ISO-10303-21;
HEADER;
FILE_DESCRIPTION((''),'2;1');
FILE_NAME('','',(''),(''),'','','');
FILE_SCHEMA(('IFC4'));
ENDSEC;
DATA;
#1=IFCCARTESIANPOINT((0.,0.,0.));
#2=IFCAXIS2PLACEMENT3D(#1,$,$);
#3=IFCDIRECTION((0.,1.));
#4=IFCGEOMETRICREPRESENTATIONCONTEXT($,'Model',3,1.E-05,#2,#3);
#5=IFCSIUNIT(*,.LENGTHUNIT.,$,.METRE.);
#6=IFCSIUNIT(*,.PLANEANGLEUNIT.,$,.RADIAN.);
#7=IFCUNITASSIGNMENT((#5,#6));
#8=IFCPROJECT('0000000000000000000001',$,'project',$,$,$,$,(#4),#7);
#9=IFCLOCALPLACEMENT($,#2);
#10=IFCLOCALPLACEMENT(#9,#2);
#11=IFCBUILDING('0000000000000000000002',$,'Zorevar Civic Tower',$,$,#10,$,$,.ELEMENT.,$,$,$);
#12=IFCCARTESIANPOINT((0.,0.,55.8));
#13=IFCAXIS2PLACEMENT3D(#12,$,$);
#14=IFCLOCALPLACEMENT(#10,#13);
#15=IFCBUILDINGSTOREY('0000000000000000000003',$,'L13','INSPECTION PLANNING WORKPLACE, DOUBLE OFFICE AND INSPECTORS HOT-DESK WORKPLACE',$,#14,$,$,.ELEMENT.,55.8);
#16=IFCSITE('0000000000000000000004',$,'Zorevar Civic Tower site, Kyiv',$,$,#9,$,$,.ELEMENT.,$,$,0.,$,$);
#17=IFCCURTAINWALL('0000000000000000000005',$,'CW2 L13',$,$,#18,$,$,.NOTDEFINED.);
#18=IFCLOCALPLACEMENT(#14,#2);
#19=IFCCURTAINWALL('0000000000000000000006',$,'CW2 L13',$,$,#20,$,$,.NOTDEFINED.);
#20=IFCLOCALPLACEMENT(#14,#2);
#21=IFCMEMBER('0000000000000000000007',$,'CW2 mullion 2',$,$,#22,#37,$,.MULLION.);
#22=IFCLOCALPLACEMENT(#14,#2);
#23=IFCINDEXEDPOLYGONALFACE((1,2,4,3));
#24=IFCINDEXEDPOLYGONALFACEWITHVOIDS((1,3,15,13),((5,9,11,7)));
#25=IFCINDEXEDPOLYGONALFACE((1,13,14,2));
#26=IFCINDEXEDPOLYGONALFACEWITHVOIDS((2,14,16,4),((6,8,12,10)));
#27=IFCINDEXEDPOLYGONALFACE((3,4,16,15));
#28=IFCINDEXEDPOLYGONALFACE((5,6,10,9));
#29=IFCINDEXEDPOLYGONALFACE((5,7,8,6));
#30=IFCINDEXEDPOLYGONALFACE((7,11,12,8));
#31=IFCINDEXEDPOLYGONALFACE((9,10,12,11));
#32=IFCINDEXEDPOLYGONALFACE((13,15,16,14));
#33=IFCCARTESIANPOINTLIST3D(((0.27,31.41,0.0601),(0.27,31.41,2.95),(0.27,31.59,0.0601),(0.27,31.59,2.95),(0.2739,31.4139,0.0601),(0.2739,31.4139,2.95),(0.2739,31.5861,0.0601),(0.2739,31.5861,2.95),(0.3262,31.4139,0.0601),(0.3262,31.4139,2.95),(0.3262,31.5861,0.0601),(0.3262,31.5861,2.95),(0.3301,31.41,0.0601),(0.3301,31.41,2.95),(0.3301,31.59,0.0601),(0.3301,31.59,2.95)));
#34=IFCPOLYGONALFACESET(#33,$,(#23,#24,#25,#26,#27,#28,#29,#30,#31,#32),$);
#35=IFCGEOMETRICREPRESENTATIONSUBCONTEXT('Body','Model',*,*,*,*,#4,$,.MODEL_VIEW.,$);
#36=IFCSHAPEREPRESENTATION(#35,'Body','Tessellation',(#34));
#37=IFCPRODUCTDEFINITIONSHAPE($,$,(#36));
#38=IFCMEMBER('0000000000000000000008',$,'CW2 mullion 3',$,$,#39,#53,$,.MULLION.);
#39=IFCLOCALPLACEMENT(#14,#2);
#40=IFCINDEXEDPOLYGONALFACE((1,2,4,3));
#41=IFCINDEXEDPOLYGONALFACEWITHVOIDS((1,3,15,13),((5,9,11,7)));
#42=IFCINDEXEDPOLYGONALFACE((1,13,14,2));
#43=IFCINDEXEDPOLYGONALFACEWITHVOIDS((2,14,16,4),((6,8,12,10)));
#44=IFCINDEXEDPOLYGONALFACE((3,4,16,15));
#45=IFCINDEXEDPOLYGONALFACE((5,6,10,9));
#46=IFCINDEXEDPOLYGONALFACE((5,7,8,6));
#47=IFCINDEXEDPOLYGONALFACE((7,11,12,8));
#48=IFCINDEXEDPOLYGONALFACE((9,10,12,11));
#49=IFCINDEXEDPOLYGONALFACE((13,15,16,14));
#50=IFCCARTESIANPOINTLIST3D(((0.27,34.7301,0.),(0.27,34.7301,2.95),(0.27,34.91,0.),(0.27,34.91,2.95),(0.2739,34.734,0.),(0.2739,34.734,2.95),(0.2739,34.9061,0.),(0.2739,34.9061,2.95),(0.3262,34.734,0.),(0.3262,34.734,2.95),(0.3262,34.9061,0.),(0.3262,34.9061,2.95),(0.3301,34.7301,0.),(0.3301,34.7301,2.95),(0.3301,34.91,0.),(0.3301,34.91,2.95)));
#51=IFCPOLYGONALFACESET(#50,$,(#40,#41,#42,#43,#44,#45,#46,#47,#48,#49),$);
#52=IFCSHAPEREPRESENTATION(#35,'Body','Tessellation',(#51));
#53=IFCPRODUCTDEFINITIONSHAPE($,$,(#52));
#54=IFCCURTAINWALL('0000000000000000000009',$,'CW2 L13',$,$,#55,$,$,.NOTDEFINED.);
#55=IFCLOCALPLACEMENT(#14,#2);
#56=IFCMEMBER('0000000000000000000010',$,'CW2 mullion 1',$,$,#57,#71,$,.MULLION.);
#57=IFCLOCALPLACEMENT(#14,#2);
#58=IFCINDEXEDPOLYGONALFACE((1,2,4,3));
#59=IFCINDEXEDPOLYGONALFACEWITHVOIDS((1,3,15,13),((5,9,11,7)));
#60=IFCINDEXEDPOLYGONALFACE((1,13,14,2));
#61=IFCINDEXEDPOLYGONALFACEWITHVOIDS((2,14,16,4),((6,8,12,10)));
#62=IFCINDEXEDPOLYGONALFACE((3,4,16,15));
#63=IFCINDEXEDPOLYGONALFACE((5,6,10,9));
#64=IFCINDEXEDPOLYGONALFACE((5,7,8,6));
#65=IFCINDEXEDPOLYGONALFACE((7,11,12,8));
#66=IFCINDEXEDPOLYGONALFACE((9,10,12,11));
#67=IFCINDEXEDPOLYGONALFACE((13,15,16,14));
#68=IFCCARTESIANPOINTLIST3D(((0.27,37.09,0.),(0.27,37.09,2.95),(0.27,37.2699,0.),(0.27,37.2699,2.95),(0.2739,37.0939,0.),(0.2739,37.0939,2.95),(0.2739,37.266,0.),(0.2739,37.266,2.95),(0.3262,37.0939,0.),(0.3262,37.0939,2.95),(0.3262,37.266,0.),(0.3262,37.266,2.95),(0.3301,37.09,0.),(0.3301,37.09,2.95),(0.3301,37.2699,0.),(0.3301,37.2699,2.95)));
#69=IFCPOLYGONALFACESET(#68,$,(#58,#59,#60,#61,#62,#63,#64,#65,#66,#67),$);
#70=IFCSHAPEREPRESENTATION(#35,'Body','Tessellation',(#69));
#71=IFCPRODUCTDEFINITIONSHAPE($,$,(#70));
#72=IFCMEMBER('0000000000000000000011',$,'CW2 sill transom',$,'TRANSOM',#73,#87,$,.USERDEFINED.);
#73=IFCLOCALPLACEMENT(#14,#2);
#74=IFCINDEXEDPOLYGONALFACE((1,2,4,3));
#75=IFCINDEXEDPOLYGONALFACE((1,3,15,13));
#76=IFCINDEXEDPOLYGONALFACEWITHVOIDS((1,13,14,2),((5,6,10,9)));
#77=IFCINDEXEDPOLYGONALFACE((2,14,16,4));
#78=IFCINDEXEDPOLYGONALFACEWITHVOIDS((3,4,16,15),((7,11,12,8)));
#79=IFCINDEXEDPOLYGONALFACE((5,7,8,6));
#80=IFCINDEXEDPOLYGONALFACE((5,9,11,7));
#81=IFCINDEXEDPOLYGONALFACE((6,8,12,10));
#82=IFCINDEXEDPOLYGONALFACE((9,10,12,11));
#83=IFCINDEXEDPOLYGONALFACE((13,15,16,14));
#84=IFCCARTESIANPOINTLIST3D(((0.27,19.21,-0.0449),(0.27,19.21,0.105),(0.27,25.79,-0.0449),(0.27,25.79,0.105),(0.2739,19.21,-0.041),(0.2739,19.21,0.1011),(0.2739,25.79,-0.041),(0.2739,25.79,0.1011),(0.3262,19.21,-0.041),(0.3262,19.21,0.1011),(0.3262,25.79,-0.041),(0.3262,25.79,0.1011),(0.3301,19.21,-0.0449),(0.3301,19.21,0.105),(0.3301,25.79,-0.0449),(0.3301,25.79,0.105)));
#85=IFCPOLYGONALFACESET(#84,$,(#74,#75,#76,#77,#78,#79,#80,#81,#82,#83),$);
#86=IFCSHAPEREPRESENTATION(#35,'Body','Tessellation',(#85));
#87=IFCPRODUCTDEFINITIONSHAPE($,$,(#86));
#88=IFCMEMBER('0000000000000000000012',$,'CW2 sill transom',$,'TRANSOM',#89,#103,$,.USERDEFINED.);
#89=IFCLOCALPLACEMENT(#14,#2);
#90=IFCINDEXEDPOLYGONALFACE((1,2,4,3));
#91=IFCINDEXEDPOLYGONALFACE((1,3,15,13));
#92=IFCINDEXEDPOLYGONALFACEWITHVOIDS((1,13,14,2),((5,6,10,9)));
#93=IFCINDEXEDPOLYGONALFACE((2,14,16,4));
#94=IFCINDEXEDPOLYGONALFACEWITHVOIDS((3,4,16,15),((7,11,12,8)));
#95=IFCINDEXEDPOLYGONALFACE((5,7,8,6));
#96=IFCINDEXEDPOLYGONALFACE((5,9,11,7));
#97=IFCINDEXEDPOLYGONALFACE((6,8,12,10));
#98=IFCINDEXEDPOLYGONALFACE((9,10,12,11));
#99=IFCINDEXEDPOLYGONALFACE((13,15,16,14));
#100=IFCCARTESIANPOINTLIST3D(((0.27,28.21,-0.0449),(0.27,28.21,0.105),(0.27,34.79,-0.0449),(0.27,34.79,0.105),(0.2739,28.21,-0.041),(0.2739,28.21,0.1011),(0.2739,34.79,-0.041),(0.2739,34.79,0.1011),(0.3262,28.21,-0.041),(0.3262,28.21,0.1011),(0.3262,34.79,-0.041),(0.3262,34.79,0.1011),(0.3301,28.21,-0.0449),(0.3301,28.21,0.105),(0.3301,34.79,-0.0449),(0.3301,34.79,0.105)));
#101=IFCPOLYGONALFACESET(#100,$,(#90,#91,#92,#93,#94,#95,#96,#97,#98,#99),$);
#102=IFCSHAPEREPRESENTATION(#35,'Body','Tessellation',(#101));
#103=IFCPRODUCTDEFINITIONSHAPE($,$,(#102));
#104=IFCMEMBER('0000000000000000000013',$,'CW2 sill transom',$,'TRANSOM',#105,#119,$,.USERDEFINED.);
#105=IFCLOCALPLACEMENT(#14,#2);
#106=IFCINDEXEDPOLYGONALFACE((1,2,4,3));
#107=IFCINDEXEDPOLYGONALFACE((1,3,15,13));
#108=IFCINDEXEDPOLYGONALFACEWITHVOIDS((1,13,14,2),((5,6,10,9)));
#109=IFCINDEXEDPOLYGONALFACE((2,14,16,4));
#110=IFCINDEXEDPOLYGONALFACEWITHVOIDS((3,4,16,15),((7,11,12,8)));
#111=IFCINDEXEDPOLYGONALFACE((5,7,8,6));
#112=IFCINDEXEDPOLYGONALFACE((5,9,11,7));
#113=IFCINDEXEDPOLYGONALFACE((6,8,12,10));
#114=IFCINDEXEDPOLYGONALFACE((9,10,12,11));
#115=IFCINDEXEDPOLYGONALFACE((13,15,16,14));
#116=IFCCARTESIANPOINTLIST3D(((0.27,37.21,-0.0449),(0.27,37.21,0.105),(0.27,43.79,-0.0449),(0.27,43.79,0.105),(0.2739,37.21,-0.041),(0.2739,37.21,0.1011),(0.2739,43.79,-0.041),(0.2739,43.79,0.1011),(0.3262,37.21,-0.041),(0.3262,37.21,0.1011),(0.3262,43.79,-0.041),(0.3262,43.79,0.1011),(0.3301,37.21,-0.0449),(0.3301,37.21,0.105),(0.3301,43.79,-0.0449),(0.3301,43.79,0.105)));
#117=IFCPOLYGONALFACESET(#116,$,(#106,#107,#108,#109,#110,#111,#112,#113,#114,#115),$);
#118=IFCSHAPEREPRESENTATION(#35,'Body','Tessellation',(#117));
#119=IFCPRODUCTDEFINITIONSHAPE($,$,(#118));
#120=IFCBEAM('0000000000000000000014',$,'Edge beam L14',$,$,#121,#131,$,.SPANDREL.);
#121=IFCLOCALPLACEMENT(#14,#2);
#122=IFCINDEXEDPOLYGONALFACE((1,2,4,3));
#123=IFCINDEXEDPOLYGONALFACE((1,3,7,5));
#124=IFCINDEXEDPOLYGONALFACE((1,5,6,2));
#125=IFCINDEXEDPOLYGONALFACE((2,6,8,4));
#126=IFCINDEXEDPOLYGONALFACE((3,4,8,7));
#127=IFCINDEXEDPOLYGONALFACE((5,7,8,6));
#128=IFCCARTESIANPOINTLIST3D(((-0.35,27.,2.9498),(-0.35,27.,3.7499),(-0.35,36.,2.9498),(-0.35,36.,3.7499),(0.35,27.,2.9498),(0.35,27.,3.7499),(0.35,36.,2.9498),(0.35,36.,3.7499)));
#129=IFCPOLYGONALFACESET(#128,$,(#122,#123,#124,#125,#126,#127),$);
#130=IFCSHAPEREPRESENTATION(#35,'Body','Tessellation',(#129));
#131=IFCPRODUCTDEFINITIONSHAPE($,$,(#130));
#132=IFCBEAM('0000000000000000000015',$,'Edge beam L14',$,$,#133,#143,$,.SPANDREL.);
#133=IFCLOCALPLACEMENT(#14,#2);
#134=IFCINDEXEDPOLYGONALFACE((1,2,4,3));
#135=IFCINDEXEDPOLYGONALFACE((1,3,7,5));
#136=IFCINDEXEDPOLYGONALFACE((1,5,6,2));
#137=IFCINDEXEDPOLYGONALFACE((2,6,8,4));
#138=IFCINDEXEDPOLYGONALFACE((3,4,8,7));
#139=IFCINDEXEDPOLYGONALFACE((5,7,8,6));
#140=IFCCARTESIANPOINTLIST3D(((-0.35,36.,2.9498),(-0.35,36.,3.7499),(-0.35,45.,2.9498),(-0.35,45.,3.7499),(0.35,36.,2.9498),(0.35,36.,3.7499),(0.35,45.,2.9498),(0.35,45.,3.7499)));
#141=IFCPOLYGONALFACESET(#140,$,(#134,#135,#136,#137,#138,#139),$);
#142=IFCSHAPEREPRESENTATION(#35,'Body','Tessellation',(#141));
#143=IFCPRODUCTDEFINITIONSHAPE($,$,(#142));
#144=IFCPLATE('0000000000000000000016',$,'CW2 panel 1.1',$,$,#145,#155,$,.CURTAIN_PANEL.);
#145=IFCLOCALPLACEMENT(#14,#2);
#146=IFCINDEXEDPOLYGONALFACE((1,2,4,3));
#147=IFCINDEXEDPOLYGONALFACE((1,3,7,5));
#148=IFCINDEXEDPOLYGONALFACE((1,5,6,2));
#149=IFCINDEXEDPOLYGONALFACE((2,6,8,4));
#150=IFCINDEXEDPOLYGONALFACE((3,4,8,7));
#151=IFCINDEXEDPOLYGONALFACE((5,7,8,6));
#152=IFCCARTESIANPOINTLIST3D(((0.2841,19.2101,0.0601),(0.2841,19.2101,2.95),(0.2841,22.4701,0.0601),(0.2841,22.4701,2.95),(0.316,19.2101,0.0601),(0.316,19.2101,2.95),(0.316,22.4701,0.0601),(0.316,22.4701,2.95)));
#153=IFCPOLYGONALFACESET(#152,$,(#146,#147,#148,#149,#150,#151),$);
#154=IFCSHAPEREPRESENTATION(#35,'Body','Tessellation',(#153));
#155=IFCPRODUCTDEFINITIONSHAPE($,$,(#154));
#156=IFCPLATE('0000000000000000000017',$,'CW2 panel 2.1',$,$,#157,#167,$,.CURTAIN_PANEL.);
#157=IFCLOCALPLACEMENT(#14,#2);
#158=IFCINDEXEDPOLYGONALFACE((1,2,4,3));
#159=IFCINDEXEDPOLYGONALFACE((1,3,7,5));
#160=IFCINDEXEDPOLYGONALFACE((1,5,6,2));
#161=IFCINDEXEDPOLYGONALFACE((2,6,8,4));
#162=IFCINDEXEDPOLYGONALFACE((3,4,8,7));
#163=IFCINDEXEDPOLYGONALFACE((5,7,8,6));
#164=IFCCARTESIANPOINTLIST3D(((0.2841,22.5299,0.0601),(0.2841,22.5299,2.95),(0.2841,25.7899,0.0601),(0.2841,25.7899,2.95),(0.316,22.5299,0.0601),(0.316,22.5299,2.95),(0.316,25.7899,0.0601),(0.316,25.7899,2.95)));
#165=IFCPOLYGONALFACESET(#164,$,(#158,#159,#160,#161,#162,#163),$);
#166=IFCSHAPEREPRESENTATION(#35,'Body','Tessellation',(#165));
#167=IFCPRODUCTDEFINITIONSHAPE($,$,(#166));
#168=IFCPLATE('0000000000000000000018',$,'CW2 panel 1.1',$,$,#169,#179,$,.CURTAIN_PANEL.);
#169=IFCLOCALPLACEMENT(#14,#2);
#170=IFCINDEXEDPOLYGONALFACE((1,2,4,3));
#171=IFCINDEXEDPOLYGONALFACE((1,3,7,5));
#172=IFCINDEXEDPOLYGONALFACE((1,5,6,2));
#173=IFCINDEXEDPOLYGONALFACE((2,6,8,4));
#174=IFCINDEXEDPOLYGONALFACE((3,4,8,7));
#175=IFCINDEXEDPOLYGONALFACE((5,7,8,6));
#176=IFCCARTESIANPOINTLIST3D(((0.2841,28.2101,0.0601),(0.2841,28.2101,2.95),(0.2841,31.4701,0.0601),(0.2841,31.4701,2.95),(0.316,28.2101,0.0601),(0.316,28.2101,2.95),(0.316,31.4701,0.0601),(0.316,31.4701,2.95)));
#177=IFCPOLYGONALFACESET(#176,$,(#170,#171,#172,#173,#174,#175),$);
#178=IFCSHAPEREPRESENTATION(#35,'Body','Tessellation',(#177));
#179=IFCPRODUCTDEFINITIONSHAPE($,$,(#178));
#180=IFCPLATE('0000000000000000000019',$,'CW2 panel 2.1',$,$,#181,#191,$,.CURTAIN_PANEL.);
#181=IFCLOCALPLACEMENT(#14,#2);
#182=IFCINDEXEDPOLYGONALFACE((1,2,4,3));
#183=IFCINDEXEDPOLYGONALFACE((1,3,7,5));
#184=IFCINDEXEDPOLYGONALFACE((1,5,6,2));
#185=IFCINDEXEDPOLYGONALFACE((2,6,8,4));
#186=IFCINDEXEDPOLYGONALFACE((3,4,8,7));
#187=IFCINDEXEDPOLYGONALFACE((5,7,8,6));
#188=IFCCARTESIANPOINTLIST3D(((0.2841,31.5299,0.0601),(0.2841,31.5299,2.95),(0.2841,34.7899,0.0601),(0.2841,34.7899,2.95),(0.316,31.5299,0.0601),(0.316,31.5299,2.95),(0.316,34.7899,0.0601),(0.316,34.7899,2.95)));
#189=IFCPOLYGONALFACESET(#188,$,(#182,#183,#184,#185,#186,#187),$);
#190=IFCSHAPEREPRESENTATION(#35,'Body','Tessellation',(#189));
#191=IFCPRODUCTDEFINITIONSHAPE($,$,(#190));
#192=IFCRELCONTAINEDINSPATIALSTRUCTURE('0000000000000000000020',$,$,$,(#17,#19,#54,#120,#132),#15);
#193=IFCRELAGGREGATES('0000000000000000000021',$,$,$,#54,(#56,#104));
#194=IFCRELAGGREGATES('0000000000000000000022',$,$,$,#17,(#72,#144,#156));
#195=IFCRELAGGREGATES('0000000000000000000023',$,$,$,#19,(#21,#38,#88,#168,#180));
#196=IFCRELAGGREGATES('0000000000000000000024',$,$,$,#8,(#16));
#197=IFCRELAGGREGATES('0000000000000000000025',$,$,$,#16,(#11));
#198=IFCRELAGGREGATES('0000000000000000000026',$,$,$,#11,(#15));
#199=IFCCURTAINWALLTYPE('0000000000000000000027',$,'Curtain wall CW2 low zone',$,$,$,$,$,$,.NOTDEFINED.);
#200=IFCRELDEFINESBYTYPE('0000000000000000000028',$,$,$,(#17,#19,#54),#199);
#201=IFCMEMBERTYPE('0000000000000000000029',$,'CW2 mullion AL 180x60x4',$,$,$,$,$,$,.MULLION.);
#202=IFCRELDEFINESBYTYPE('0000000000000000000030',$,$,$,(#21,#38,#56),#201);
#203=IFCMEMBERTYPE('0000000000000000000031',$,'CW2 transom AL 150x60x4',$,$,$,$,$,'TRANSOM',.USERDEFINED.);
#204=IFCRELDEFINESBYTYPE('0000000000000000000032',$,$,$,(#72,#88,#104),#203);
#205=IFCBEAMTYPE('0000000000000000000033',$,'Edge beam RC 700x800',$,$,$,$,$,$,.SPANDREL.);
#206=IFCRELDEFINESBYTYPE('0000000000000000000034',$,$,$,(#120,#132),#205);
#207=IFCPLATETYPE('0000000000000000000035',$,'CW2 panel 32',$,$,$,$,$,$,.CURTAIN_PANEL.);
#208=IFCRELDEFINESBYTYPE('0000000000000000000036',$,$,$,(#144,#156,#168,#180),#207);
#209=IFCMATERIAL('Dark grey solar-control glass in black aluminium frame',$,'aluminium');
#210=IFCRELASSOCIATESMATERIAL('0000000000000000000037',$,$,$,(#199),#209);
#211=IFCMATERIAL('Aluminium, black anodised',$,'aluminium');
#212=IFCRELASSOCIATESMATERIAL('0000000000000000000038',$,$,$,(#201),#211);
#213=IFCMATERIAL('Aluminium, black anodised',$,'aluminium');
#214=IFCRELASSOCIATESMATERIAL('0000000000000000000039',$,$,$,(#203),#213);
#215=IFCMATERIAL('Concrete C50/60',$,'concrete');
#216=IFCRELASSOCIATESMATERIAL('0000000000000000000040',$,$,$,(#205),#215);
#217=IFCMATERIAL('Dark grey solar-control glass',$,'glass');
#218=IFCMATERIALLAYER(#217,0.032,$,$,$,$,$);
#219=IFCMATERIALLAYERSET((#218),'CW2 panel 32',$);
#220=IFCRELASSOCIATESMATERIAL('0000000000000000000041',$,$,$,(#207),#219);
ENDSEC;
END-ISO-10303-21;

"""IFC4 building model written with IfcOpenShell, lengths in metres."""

from ifc_helpers import new_model, si_unit, direction, frame, origin, origin_2d, place, context, subcontext, project, spatial, rectangle, hollow_rectangle, extrude, material, layer, layer_set, material_profile, profile_set, type_object, element, aggregate, save


model = new_model("IFC4")

# Units and contexts
model_context = context("Model", 3, precision=1e-05, world=origin(), true_north=direction((0.0, 1.0)))
body_context = subcontext(model_context, "Body", "Model", "MODEL_VIEW")
ifc_project = project(units=[si_unit("LENGTHUNIT", "METRE"), si_unit("PLANEANGLEUNIT", "RADIAN")], contexts=[model_context])

# Site, building, storey
site_placement = place(None, origin())
site = spatial("IfcSite", under=ifc_project, at=site_placement, Name="Zorevar Civic Tower site, Kyiv", CompositionType="ELEMENT", RefElevation=0.0)
building_placement = place(site_placement, origin())
building = spatial("IfcBuilding", under=site, at=building_placement, Name="Zorevar Civic Tower", CompositionType="ELEMENT")
storey_placement = place(building_placement, frame((0.0, 0.0, 55.8)))
storey = spatial("IfcBuildingStorey", under=building, at=storey_placement, Name="L13", Description="INSPECTION PLANNING WORKPLACE, DOUBLE OFFICE AND INSPECTORS HOT-DESK WORKPLACE", CompositionType="ELEMENT", Elevation=55.8)

# Curtain walls, members
ifc_material_1 = material(Name="Dark grey solar-control glass in black aluminium frame", Category="aluminium")
curtain_wall_type = type_object("IfcCurtainWallType", Name="Curtain wall CW2 low zone", PredefinedType="NOTDEFINED", material=ifc_material_1)
curtain_wall_1_placement = place(storey_placement, origin())
curtain_wall_1 = element("IfcCurtainWall", 1, at=curtain_wall_1_placement, inside=storey, type_object=curtain_wall_type, Name="CW2 L13", PredefinedType="NOTDEFINED")
ifc_material_2 = material(Name="Aluminium, black anodised", Category="aluminium")
ifc_material_profile_1 = material_profile(ifc_material_2, hollow_rectangle(XDim=0.0601, YDim=0.1799, WallThickness=0.0039, at=origin_2d()), Name="AL 180x60x4")
ifc_profile_set_1 = profile_set([ifc_material_profile_1], Name="Aluminium, black anodised")
member_type_1 = type_object("IfcMemberType", Name="CW2 mullion AL 180x60x4", PredefinedType="MULLION", material=ifc_profile_set_1)
curtain_wall_2_placement = place(storey_placement, origin())
curtain_wall_2 = element("IfcCurtainWall", 2, at=curtain_wall_2_placement, inside=storey, type_object=curtain_wall_type, Name="CW2 L13", PredefinedType="NOTDEFINED")
member_1_placement = place(storey_placement, frame((0.3, 31.5, 0.0601), z_axis=(0.0, 0.0, 1.0), x_axis=(-1.0, 0.0, 0.0)))
member_1 = element("IfcMember", 3, at=member_1_placement, type_object=member_type_1, Name="CW2 mullion 2", PredefinedType="MULLION", context=body_context, shape_type="SweptSolid", body=[
    extrude(hollow_rectangle(XDim=0.0601, YDim=0.1799, WallThickness=0.0039, at=origin_2d()), origin(), (0.0, 0.0, 1.0), 2.8899),
])
member_2_placement = place(storey_placement, frame((0.3, 34.8201, 0.0), z_axis=(0.0, 0.0, 1.0), x_axis=(-1.0, 0.0, 0.0)))
member_2 = element("IfcMember", 4, at=member_2_placement, type_object=member_type_1, Name="CW2 mullion 3", PredefinedType="MULLION", context=body_context, shape_type="SweptSolid", body=[
    extrude(hollow_rectangle(XDim=0.0601, YDim=0.1799, WallThickness=0.0039, at=origin_2d()), origin(), (0.0, 0.0, 1.0), 2.95),
])

# Curtain wall, member
curtain_wall_3_placement = place(storey_placement, origin())
curtain_wall_3 = element("IfcCurtainWall", 5, at=curtain_wall_3_placement, inside=storey, type_object=curtain_wall_type, Name="CW2 L13", PredefinedType="NOTDEFINED")
member_3_placement = place(storey_placement, frame((0.3, 37.1799, 0.0), z_axis=(0.0, 0.0, 1.0), x_axis=(-1.0, 0.0, 0.0)))
member_3 = element("IfcMember", 6, at=member_3_placement, type_object=member_type_1, Name="CW2 mullion 1", PredefinedType="MULLION", context=body_context, shape_type="SweptSolid", body=[
    extrude(hollow_rectangle(XDim=0.0601, YDim=0.1799, WallThickness=0.0039, at=origin_2d()), origin(), (0.0, 0.0, 1.0), 2.95),
])

# Members
ifc_material_3 = material(Name="Aluminium, black anodised", Category="aluminium")
ifc_material_profile_2 = material_profile(ifc_material_3, hollow_rectangle(XDim=0.0601, YDim=0.1499, WallThickness=0.0039, at=origin_2d()), Name="AL 150x60x4")
ifc_profile_set_2 = profile_set([ifc_material_profile_2], Name="Aluminium, black anodised")
member_type_2 = type_object("IfcMemberType", Name="CW2 transom AL 150x60x4", ElementType="TRANSOM", PredefinedType="USERDEFINED", material=ifc_profile_set_2)
member_4_placement = place(storey_placement, frame((0.3, 19.21, 0.03), z_axis=(0.0, 1.0, 0.0), x_axis=(-1.0, 0.0, 0.0)))
member_4 = element("IfcMember", 7, at=member_4_placement, type_object=member_type_2, Name="CW2 sill transom", ObjectType="TRANSOM", PredefinedType="USERDEFINED", context=body_context, shape_type="SweptSolid", body=[
    extrude(hollow_rectangle(XDim=0.0601, YDim=0.1499, WallThickness=0.0039, at=origin_2d()), origin(), (0.0, 0.0, 1.0), 6.5801),
])
member_5_placement = place(storey_placement, frame((0.3, 28.21, 0.03), z_axis=(0.0, 1.0, 0.0), x_axis=(-1.0, 0.0, 0.0)))
member_5 = element("IfcMember", 8, at=member_5_placement, type_object=member_type_2, Name="CW2 sill transom", ObjectType="TRANSOM", PredefinedType="USERDEFINED", context=body_context, shape_type="SweptSolid", body=[
    extrude(hollow_rectangle(XDim=0.0601, YDim=0.1499, WallThickness=0.0039, at=origin_2d()), origin(), (0.0, 0.0, 1.0), 6.5801),
])
member_6_placement = place(storey_placement, frame((0.3, 37.21, 0.03), z_axis=(0.0, 1.0, 0.0), x_axis=(-1.0, 0.0, 0.0)))
member_6 = element("IfcMember", 9, at=member_6_placement, type_object=member_type_2, Name="CW2 sill transom", ObjectType="TRANSOM", PredefinedType="USERDEFINED", context=body_context, shape_type="SweptSolid", body=[
    extrude(hollow_rectangle(XDim=0.0601, YDim=0.1499, WallThickness=0.0039, at=origin_2d()), origin(), (0.0, 0.0, 1.0), 6.5801),
])
aggregate(curtain_wall_3, [member_3, member_6])

# Beams
ifc_material_4 = material(Name="Concrete C50/60", Category="concrete")
ifc_material_profile_3 = material_profile(ifc_material_4, rectangle(XDim=0.7, YDim=0.8, at=origin_2d()), Name="RC 700x800")
ifc_profile_set_3 = profile_set([ifc_material_profile_3], Name="Concrete C50/60")
beam_type_1 = type_object("IfcBeamType", Name="Edge beam RC 700x800", PredefinedType="SPANDREL", material=ifc_profile_set_3)
for number, where, z_axis, x_axis, name in (
    (10, (0.0, 27.0, 3.3499), (0.0, 1.0, 0.0), (-1.0, 0.0, 0.0), "Edge beam L14"),
    (11, (0.0, 36.0, 3.3499), (0.0, 1.0, 0.0), (-1.0, 0.0, 0.0), "Edge beam L14"),
):
    element("IfcBeam", number, at=place(storey_placement, frame(where, z_axis=z_axis, x_axis=x_axis)), inside=storey, type_object=beam_type_1, Name=name, PredefinedType="SPANDREL", context=body_context, shape_type="SweptSolid", body=[
        extrude(rectangle(XDim=0.7, YDim=0.8, at=origin_2d()), origin(), (0.0, 0.0, 1.0), 9.0),
    ])

# Plates
ifc_material_5 = material(Name="Dark grey solar-control glass", Category="glass")
ifc_layer_1 = layer(ifc_material_5, 0.032)
ifc_layer_set_1 = layer_set([ifc_layer_1], Name="CW2 panel 32")
plate_type = type_object("IfcPlateType", Name="CW2 panel 32", PredefinedType="CURTAIN_PANEL", material=ifc_layer_set_1)
plate_1_placement = place(storey_placement, frame((0.3, 20.8401, 0.0601), z_axis=(0.0, 0.0, 1.0), x_axis=(0.0, 1.0, 0.0)))
plate_1 = element("IfcPlate", 12, at=plate_1_placement, type_object=plate_type, Name="CW2 panel 1.1", PredefinedType="CURTAIN_PANEL", context=body_context, shape_type="SweptSolid", body=[
    extrude(rectangle(XDim=3.26, YDim=0.032, at=origin_2d()), origin(), (0.0, 0.0, 1.0), 2.8899),
])
plate_2_placement = place(storey_placement, frame((0.3, 24.1599, 0.0601), z_axis=(0.0, 0.0, 1.0), x_axis=(0.0, 1.0, 0.0)))
plate_2 = element("IfcPlate", 13, at=plate_2_placement, type_object=plate_type, Name="CW2 panel 2.1", PredefinedType="CURTAIN_PANEL", context=body_context, shape_type="SweptSolid", body=[
    extrude(rectangle(XDim=3.26, YDim=0.032, at=origin_2d()), origin(), (0.0, 0.0, 1.0), 2.8899),
])
aggregate(curtain_wall_1, [member_4, plate_1, plate_2])
plate_3_placement = place(storey_placement, frame((0.3, 29.8401, 0.0601), z_axis=(0.0, 0.0, 1.0), x_axis=(0.0, 1.0, 0.0)))
plate_3 = element("IfcPlate", 14, at=plate_3_placement, type_object=plate_type, Name="CW2 panel 1.1", PredefinedType="CURTAIN_PANEL", context=body_context, shape_type="SweptSolid", body=[
    extrude(rectangle(XDim=3.26, YDim=0.032, at=origin_2d()), origin(), (0.0, 0.0, 1.0), 2.8899),
])
plate_4_placement = place(storey_placement, frame((0.3, 33.1599, 0.0601), z_axis=(0.0, 0.0, 1.0), x_axis=(0.0, 1.0, 0.0)))
plate_4 = element("IfcPlate", 15, at=plate_4_placement, type_object=plate_type, Name="CW2 panel 2.1", PredefinedType="CURTAIN_PANEL", context=body_context, shape_type="SweptSolid", body=[
    extrude(rectangle(XDim=3.26, YDim=0.032, at=origin_2d()), origin(), (0.0, 0.0, 1.0), 2.8899),
])
aggregate(curtain_wall_2, [member_1, member_2, member_5, plate_3, plate_4])

save(model, "model.ifc")
